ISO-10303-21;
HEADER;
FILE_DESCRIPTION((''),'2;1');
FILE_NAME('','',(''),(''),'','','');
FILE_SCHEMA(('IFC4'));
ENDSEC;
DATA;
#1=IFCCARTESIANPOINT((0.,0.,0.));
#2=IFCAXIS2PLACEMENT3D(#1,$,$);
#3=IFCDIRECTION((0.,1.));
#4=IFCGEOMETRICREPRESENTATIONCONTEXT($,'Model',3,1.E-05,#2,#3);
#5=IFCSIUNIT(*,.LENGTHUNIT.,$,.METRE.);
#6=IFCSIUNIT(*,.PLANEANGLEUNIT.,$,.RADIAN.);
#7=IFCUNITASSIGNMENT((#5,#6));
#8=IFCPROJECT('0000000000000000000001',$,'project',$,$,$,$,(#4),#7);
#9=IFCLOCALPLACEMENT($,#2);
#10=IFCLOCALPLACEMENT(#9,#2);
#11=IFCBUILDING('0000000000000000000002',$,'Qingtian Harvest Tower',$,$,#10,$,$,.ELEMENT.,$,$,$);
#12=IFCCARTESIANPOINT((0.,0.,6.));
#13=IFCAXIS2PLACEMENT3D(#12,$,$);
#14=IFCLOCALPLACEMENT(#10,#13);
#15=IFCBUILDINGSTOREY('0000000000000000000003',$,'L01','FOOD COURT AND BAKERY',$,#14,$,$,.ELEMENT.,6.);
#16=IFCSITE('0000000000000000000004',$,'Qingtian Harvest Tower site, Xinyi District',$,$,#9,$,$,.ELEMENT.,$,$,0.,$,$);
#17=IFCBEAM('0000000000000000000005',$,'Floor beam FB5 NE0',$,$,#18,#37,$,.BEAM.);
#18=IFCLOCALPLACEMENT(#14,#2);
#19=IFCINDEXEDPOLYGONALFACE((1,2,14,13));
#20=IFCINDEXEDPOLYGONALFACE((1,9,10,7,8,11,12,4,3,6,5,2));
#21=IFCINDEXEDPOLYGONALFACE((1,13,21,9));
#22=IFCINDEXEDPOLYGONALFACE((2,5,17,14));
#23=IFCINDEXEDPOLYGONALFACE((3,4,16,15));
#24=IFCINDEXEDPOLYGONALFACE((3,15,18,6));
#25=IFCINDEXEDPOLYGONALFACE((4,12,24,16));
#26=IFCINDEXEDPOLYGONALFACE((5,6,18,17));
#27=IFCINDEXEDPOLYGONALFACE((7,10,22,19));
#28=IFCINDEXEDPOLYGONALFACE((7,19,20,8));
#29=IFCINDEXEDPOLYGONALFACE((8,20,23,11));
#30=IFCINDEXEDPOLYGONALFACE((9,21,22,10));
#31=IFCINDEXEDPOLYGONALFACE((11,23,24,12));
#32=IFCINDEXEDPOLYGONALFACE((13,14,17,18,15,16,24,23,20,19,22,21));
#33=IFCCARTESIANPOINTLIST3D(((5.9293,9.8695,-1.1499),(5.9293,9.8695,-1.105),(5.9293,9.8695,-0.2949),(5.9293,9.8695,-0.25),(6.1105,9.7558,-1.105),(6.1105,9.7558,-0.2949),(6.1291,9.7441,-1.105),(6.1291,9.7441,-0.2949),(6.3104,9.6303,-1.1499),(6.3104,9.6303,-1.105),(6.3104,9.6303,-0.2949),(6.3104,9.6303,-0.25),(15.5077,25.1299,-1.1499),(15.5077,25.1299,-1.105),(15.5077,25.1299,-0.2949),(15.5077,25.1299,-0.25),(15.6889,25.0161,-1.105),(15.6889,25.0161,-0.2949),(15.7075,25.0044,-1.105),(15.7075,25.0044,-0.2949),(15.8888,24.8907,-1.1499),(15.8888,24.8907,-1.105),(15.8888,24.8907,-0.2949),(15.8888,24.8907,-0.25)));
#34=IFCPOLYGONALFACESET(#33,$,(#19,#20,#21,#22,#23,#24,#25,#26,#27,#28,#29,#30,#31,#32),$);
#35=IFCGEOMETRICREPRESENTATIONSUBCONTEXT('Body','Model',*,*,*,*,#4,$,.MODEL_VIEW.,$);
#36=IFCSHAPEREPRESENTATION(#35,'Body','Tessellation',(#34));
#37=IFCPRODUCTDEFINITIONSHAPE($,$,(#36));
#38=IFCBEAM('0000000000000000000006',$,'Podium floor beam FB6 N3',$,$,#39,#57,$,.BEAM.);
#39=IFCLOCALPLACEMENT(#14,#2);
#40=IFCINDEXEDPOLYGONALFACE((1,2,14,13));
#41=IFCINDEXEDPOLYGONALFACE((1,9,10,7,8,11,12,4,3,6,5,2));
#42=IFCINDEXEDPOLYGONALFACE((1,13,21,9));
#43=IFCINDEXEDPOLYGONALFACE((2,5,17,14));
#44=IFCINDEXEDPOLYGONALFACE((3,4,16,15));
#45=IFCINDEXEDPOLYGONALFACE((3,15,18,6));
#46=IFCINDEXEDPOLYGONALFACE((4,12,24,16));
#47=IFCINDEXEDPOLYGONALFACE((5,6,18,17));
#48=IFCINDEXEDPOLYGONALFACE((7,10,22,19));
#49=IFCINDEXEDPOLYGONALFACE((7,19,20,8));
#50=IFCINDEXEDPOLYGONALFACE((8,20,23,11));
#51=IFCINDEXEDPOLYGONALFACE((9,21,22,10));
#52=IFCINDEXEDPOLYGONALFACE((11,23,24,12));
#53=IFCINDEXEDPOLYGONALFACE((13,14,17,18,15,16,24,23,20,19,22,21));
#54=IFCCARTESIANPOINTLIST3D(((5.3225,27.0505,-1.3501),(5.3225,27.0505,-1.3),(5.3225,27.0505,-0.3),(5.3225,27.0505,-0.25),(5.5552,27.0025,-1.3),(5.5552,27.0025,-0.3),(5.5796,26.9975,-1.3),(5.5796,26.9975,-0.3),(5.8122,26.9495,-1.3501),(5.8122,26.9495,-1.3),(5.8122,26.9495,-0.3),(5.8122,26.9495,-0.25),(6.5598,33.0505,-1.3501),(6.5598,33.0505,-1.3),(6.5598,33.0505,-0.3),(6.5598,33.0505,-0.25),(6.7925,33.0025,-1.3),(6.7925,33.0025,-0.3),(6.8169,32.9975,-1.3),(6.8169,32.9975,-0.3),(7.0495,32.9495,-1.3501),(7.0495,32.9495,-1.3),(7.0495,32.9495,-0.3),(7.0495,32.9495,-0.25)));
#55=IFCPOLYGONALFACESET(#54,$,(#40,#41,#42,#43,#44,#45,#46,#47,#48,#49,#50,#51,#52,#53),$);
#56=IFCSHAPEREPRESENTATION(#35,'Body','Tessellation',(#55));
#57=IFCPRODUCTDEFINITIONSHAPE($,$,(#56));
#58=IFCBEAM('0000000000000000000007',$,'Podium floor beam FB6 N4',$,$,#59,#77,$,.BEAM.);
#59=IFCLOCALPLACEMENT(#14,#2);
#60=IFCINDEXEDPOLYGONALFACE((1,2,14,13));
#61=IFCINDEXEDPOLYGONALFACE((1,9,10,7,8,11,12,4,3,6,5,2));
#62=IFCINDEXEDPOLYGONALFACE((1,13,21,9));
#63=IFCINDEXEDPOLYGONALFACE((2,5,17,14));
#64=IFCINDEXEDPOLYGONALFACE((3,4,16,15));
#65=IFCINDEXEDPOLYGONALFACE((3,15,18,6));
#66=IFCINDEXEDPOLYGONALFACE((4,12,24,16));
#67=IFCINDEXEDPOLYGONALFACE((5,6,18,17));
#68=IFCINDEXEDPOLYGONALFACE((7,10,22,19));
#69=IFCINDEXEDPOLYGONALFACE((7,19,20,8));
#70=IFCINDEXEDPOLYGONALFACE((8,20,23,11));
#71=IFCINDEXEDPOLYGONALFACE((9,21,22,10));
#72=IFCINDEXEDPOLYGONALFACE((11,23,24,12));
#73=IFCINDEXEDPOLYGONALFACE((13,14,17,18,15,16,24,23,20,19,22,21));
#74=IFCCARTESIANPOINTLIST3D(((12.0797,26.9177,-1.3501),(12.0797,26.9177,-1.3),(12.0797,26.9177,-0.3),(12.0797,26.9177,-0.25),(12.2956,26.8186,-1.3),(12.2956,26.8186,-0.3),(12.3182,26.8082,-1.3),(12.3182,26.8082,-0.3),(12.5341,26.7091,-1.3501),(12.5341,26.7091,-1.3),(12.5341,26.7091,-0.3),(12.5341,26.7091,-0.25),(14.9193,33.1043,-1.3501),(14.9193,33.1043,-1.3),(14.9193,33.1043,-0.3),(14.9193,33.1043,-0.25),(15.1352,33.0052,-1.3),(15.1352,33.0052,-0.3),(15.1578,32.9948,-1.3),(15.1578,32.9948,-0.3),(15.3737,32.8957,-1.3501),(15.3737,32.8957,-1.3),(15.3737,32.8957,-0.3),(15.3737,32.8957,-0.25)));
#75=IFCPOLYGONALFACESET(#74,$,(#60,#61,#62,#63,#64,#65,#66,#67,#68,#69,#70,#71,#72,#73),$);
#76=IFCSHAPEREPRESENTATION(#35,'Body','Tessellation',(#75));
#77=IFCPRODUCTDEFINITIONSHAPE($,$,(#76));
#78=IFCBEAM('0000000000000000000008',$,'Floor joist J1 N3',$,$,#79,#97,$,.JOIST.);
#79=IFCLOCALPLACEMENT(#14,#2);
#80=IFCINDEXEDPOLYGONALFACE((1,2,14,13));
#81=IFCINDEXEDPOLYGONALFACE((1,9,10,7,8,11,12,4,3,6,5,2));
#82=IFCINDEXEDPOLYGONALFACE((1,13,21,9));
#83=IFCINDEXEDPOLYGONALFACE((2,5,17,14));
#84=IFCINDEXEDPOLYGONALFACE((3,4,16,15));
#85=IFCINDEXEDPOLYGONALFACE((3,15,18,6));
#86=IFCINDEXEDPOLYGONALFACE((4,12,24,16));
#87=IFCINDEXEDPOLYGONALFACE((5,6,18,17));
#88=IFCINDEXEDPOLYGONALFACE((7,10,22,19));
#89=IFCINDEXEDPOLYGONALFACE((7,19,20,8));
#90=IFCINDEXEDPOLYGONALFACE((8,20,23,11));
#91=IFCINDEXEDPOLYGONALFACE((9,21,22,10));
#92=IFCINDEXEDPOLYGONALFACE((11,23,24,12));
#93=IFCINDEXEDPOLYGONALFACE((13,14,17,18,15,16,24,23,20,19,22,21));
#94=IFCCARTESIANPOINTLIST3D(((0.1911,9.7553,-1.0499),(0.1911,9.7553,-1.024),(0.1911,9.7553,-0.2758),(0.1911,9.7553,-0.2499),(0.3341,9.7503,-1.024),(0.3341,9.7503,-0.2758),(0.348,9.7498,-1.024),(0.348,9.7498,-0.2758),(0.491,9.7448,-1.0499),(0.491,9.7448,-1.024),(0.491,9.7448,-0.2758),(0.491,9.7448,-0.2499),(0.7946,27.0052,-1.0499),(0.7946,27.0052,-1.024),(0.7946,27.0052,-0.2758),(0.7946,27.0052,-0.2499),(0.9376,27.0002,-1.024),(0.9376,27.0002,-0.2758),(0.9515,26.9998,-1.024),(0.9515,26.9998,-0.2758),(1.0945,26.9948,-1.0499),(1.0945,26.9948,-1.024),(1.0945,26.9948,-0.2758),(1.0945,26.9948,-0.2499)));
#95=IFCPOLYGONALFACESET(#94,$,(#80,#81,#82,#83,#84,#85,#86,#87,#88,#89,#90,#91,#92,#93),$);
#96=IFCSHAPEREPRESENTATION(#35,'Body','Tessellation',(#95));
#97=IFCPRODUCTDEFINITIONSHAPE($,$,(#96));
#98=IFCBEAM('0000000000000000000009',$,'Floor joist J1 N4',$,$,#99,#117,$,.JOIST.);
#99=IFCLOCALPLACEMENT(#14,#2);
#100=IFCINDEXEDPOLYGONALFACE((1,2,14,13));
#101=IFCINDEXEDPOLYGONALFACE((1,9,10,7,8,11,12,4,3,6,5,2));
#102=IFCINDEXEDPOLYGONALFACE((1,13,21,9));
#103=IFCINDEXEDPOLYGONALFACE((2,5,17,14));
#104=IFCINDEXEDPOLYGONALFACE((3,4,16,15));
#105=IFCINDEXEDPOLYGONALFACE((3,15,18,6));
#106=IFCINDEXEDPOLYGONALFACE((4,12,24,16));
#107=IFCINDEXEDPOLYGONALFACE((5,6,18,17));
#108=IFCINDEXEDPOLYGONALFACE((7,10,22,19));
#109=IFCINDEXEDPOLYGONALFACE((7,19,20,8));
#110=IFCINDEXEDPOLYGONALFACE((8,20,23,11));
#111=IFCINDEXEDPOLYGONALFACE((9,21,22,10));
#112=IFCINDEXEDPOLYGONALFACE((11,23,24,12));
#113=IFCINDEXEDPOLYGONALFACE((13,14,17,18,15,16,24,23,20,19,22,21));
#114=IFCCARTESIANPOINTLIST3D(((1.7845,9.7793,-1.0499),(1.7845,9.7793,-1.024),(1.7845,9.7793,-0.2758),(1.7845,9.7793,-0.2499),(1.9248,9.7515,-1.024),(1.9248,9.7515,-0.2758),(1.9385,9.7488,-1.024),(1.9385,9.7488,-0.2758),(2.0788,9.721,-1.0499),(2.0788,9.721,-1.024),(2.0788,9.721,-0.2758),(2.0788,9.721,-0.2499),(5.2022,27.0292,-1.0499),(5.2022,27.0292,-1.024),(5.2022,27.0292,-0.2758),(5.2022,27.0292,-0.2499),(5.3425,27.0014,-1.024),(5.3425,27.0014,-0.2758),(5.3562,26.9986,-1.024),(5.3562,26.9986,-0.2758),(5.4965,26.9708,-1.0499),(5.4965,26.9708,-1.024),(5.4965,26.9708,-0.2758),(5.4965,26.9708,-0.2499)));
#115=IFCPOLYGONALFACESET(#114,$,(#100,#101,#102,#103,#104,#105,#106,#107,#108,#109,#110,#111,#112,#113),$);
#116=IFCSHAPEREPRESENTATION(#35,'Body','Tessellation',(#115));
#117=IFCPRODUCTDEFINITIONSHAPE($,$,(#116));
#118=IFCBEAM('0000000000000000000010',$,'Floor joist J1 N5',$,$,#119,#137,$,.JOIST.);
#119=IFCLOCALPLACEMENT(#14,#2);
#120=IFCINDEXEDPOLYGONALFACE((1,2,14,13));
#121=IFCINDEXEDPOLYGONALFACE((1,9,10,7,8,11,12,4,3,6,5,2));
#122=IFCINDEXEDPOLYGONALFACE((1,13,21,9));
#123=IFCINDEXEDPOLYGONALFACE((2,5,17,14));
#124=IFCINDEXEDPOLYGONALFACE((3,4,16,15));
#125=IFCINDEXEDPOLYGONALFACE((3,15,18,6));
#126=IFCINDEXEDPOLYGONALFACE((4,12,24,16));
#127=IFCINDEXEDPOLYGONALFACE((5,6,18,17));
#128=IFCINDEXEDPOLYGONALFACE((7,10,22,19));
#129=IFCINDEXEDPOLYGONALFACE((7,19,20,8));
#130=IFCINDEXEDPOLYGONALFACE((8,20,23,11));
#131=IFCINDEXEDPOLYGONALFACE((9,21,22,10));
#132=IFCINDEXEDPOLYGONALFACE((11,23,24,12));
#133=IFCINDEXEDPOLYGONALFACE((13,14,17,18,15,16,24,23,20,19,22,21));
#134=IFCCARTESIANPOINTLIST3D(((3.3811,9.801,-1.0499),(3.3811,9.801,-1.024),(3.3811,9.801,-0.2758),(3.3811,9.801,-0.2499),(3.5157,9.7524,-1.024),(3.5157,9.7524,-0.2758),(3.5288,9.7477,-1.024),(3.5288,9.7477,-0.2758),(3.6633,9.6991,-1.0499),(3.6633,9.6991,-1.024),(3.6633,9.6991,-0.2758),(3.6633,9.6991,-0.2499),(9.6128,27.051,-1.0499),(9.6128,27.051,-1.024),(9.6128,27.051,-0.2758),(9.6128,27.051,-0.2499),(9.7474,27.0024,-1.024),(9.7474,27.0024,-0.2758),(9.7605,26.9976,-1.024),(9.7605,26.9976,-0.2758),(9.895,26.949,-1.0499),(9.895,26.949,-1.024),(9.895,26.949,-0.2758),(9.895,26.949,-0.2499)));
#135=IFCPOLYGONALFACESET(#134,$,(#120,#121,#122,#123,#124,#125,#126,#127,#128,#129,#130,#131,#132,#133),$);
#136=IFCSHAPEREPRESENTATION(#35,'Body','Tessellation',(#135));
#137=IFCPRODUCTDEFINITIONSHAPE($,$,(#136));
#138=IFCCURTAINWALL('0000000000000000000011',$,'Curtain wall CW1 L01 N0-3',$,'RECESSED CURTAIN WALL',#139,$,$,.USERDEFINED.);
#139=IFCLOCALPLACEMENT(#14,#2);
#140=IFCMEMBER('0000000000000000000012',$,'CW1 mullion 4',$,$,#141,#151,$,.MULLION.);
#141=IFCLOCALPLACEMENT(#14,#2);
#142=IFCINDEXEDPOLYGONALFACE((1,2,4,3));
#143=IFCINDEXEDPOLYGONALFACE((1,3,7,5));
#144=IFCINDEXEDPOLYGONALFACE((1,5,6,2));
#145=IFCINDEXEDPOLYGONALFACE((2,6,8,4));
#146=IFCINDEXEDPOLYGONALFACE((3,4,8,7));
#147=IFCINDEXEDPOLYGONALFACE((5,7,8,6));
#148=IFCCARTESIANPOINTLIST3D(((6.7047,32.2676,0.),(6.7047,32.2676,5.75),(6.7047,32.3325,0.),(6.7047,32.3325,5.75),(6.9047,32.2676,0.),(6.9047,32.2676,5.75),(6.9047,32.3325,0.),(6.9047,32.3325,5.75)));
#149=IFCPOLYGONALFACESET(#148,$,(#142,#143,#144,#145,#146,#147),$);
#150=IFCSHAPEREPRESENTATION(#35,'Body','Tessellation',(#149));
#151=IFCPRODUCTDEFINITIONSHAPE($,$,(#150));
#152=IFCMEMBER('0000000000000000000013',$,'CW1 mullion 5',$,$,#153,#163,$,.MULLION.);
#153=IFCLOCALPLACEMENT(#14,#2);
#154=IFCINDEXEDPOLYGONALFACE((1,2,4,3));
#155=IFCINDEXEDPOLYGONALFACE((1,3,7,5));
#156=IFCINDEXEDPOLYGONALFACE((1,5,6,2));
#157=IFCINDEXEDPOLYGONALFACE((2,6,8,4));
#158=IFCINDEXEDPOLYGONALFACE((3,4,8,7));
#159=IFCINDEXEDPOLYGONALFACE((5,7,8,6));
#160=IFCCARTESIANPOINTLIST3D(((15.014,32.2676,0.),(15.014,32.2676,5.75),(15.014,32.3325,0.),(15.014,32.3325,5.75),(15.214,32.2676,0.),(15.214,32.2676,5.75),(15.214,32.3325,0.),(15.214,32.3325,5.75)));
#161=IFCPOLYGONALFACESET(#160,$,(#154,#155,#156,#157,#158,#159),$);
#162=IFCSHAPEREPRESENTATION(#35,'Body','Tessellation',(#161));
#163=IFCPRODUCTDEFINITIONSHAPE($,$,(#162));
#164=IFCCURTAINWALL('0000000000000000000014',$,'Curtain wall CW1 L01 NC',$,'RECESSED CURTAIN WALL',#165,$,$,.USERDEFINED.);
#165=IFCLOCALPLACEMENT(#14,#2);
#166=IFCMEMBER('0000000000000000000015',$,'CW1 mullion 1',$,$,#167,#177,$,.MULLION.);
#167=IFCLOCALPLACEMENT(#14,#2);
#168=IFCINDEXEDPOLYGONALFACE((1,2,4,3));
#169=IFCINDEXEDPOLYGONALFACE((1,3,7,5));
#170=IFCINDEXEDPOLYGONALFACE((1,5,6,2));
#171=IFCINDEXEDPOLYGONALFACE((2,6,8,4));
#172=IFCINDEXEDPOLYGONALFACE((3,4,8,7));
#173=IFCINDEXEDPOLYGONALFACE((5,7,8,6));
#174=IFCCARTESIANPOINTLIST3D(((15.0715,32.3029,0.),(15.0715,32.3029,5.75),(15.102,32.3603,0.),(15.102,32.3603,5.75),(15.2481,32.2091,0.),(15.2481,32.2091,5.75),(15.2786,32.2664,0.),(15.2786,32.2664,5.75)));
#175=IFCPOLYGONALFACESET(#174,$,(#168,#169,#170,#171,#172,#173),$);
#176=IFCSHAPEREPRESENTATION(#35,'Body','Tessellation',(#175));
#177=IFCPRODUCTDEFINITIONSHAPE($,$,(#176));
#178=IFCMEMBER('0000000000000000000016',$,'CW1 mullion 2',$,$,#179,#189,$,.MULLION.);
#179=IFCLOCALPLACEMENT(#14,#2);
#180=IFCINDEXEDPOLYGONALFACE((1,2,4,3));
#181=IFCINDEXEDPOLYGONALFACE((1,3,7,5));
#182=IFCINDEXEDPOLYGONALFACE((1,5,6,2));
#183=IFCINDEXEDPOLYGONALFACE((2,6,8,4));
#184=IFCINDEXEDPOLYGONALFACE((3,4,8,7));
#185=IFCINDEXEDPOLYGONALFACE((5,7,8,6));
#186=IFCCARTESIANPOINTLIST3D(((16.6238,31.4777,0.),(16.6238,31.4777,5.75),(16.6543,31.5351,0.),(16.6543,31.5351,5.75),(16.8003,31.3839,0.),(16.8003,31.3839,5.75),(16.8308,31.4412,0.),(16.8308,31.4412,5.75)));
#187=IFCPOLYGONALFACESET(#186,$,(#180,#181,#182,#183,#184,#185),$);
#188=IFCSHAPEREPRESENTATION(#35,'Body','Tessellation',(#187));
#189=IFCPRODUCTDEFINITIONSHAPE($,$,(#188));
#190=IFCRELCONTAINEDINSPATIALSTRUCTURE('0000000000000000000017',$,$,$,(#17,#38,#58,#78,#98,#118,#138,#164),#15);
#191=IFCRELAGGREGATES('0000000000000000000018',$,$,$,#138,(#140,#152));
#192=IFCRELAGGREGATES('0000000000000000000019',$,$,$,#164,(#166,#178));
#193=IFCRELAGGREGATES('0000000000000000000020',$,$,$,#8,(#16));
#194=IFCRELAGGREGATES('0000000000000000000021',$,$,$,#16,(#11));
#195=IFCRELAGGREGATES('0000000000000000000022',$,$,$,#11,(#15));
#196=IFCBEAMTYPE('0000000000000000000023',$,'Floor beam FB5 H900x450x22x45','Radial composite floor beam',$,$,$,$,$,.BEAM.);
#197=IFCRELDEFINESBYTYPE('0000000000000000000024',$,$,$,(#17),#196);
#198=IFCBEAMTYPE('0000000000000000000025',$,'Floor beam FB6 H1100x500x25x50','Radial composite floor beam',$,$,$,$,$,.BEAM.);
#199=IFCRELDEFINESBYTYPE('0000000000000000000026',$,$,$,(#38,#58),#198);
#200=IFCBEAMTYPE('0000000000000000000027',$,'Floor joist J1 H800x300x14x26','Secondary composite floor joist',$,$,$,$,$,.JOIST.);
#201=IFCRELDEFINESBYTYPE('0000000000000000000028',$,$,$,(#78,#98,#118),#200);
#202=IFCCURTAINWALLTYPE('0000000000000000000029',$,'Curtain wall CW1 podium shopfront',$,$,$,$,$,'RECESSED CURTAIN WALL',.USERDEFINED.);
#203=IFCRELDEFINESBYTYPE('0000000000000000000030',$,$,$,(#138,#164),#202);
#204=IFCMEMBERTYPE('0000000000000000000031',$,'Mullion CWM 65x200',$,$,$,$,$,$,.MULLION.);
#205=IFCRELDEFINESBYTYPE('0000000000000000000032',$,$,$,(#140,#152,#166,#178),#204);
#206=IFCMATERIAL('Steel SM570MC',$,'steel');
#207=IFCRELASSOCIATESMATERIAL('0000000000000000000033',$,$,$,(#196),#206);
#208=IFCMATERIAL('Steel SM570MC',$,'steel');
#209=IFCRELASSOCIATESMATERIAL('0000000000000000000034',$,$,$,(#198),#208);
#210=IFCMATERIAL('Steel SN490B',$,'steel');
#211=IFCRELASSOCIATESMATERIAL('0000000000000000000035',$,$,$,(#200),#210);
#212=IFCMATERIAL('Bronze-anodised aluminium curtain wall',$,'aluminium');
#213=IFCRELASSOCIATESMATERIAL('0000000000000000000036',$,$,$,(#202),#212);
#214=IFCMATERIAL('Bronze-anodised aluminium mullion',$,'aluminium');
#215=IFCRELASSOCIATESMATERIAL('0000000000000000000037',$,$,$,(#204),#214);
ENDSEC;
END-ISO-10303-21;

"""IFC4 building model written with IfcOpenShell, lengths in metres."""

from ifc_helpers import new_model, si_unit, direction, frame, origin, origin_2d, place, context, subcontext, project, spatial, rectangle, i_section, extrude, material, material_profile, profile_set, type_object, element, aggregate, save


model = new_model("IFC4")

# Units and contexts
model_context = context("Model", 3, precision=1e-05, world=origin(), true_north=direction((0.0, 1.0)))
body_context = subcontext(model_context, "Body", "Model", "MODEL_VIEW")
ifc_project = project(units=[si_unit("LENGTHUNIT", "METRE"), si_unit("PLANEANGLEUNIT", "RADIAN")], contexts=[model_context])

# Site, building, storey
site_placement = place(None, origin())
site = spatial("IfcSite", under=ifc_project, at=site_placement, Name="Qingtian Harvest Tower site, Xinyi District", CompositionType="ELEMENT", RefElevation=0.0)
building_placement = place(site_placement, origin())
building = spatial("IfcBuilding", under=site, at=building_placement, Name="Qingtian Harvest Tower", CompositionType="ELEMENT")
storey_placement = place(building_placement, frame((0.0, 0.0, 6.0)))
storey = spatial("IfcBuildingStorey", under=building, at=storey_placement, Name="L01", Description="FOOD COURT AND BAKERY", CompositionType="ELEMENT", Elevation=6.0)

# Beams
ifc_material_1 = material(Name="Steel SM570MC", Category="steel")
ifc_material_profile_1 = material_profile(ifc_material_1, i_section(OverallWidth=0.45, OverallDepth=0.8999, WebThickness=0.022, FlangeThickness=0.0449, at=origin_2d()), Name="H900x450x22x45")
ifc_profile_set_1 = profile_set([ifc_material_profile_1], Name="Steel SM570MC")
beam_type_1 = type_object("IfcBeamType", Name="Floor beam FB5 H900x450x22x45", Description="Radial composite floor beam", PredefinedType="BEAM", material=ifc_profile_set_1)
beam_1_placement = place(storey_placement, frame((15.6982, 25.0103, -0.7), z_axis=(-0.531623, -0.846981, 0.0), x_axis=(0.846981, -0.531623, 0.0)))
element("IfcBeam", 1, at=beam_1_placement, inside=storey, type_object=beam_type_1, Name="Floor beam FB5 NE0", PredefinedType="BEAM", context=body_context, shape_type="SweptSolid", body=[
    extrude(i_section(OverallWidth=0.45, OverallDepth=0.8999, WebThickness=0.022, FlangeThickness=0.0449, at=origin_2d()), origin(), (0.0, 0.0, 1.0), 18.0173),
])
ifc_material_2 = material(Name="Steel SM570MC", Category="steel")
ifc_material_profile_2 = material_profile(ifc_material_2, i_section(OverallWidth=0.5, OverallDepth=1.1001, WebThickness=0.0249, FlangeThickness=0.05, at=origin_2d()), Name="H1100x500x25x50")
ifc_profile_set_2 = profile_set([ifc_material_profile_2], Name="Steel SM570MC")
beam_type_2 = type_object("IfcBeamType", Name="Floor beam FB6 H1100x500x25x50", Description="Radial composite floor beam", PredefinedType="BEAM", material=ifc_profile_set_2)
beam_2_placement = place(storey_placement, frame((6.8047, 33.0, -0.8), z_axis=(-0.201968, -0.979392, 0.0), x_axis=(0.979392, -0.201968, 0.0)))
element("IfcBeam", 2, at=beam_2_placement, inside=storey, type_object=beam_type_2, Name="Podium floor beam FB6 N3", PredefinedType="BEAM", context=body_context, shape_type="SweptSolid", body=[
    extrude(i_section(OverallWidth=0.5, OverallDepth=1.1001, WebThickness=0.0249, FlangeThickness=0.05, at=origin_2d()), origin(), (0.0, 0.0, 1.0), 6.1262),
])
beam_3_placement = place(storey_placement, frame((15.1465, 33.0, -0.8), z_axis=(-0.417154, -0.908836, 0.0), x_axis=(0.908836, -0.417154, 0.0)))
element("IfcBeam", 3, at=beam_3_placement, inside=storey, type_object=beam_type_2, Name="Podium floor beam FB6 N4", PredefinedType="BEAM", context=body_context, shape_type="SweptSolid", body=[
    extrude(i_section(OverallWidth=0.5, OverallDepth=1.1001, WebThickness=0.0249, FlangeThickness=0.05, at=origin_2d()), origin(), (0.0, 0.0, 1.0), 6.8071),
])
ifc_material_3 = material(Name="Steel SN490B", Category="steel")
ifc_material_profile_3 = material_profile(ifc_material_3, i_section(OverallWidth=0.3, OverallDepth=0.8, WebThickness=0.0139, FlangeThickness=0.0259, at=origin_2d()), Name="H800x300x14x26")
ifc_profile_set_3 = profile_set([ifc_material_profile_3], Name="Steel SN490B")
beam_type_3 = type_object("IfcBeamType", Name="Floor joist J1 H800x300x14x26", Description="Secondary composite floor joist", PredefinedType="JOIST", material=ifc_profile_set_3)
beam_4_placement = place(storey_placement, frame((0.9446, 27.0, -0.6499), z_axis=(-0.034965, -0.999389, 0.0), x_axis=(0.999389, -0.034965, 0.0)))
element("IfcBeam", 4, at=beam_4_placement, inside=storey, type_object=beam_type_3, Name="Floor joist J1 N3", PredefinedType="JOIST", context=body_context, shape_type="SweptSolid", body=[
    extrude(i_section(OverallWidth=0.3, OverallDepth=0.8, WebThickness=0.0139, FlangeThickness=0.0259, at=origin_2d()), origin(), (0.0, 0.0, 1.0), 17.2605),
])
beam_5_placement = place(storey_placement, frame((5.3494, 27.0, -0.6499), z_axis=(-0.194351, -0.980932, 0.0), x_axis=(0.980932, -0.194351, 0.0)))
element("IfcBeam", 5, at=beam_5_placement, inside=storey, type_object=beam_type_3, Name="Floor joist J1 N4", PredefinedType="JOIST", context=body_context, shape_type="SweptSolid", body=[
    extrude(i_section(OverallWidth=0.3, OverallDepth=0.8, WebThickness=0.0139, FlangeThickness=0.0259, at=origin_2d()), origin(), (0.0, 0.0, 1.0), 17.5852),
])
beam_6_placement = place(storey_placement, frame((9.7539, 27.0, -0.6499), z_axis=(-0.339766, -0.94051, 0.0), x_axis=(0.94051, -0.339766, 0.0)))
element("IfcBeam", 6, at=beam_6_placement, inside=storey, type_object=beam_type_3, Name="Floor joist J1 N5", PredefinedType="JOIST", context=body_context, shape_type="SweptSolid", body=[
    extrude(i_section(OverallWidth=0.3, OverallDepth=0.8, WebThickness=0.0139, FlangeThickness=0.0259, at=origin_2d()), origin(), (0.0, 0.0, 1.0), 18.3411),
])

# Curtain walls, members
ifc_material_4 = material(Name="Bronze-anodised aluminium curtain wall", Category="aluminium")
curtain_wall_type = type_object("IfcCurtainWallType", Name="Curtain wall CW1 podium shopfront", ElementType="RECESSED CURTAIN WALL", PredefinedType="USERDEFINED", material=ifc_material_4)
curtain_wall_1_placement = place(storey_placement, origin())
curtain_wall_1 = element("IfcCurtainWall", 7, at=curtain_wall_1_placement, inside=storey, type_object=curtain_wall_type, Name="Curtain wall CW1 L01 N0-3", ObjectType="RECESSED CURTAIN WALL", PredefinedType="USERDEFINED")
ifc_material_5 = material(Name="Bronze-anodised aluminium mullion", Category="aluminium")
ifc_material_profile_4 = material_profile(ifc_material_5, rectangle(XDim=0.0649, YDim=0.2, at=origin_2d()), Name="AL 65x200")
ifc_profile_set_4 = profile_set([ifc_material_profile_4], Name="Bronze-anodised aluminium mullion")
member_type_1 = type_object("IfcMemberType", Name="Mullion CWM 65x200", PredefinedType="MULLION", material=ifc_profile_set_4)
member_1_placement = place(storey_placement, frame((6.8047, 32.3, 0.0), z_axis=(0.0, 0.0, 1.0), x_axis=(0.0, 1.0, 0.0)))
member_1 = element("IfcMember", 8, at=member_1_placement, type_object=member_type_1, Name="CW1 mullion 4", PredefinedType="MULLION", context=body_context, shape_type="SweptSolid", body=[
    extrude(rectangle(XDim=0.0649, YDim=0.2, at=origin_2d()), origin(), (0.0, 0.0, 1.0), 5.75),
])
member_2_placement = place(storey_placement, frame((15.114, 32.3, 0.0), z_axis=(0.0, 0.0, 1.0), x_axis=(0.0, 1.0, 0.0)))
member_2 = element("IfcMember", 9, at=member_2_placement, type_object=member_type_1, Name="CW1 mullion 5", PredefinedType="MULLION", context=body_context, shape_type="SweptSolid", body=[
    extrude(rectangle(XDim=0.0649, YDim=0.2, at=origin_2d()), origin(), (0.0, 0.0, 1.0), 5.75),
])
curtain_wall_2_placement = place(storey_placement, origin())
curtain_wall_2 = element("IfcCurtainWall", 10, at=curtain_wall_2_placement, inside=storey, type_object=curtain_wall_type, Name="Curtain wall CW1 L01 NC", ObjectType="RECESSED CURTAIN WALL", PredefinedType="USERDEFINED")
member_3_placement = place(storey_placement, frame((15.175, 32.2847, 0.0), z_axis=(0.0, 0.0, 1.0), x_axis=(0.469472, 0.882948, 0.0)))
member_3 = element("IfcMember", 11, at=member_3_placement, type_object=member_type_1, Name="CW1 mullion 1", PredefinedType="MULLION", context=body_context, shape_type="SweptSolid", body=[
    extrude(rectangle(XDim=0.0649, YDim=0.2, at=origin_2d()), origin(), (0.0, 0.0, 1.0), 5.75),
])
member_4_placement = place(storey_placement, frame((16.7273, 31.4595, 0.0), z_axis=(0.0, 0.0, 1.0), x_axis=(0.469472, 0.882948, 0.0)))
member_4 = element("IfcMember", 12, at=member_4_placement, type_object=member_type_1, Name="CW1 mullion 2", PredefinedType="MULLION", context=body_context, shape_type="SweptSolid", body=[
    extrude(rectangle(XDim=0.0649, YDim=0.2, at=origin_2d()), origin(), (0.0, 0.0, 1.0), 5.75),
])

aggregate(curtain_wall_1, [member_1, member_2])
aggregate(curtain_wall_2, [member_3, member_4])

save(model, "model.ifc")
